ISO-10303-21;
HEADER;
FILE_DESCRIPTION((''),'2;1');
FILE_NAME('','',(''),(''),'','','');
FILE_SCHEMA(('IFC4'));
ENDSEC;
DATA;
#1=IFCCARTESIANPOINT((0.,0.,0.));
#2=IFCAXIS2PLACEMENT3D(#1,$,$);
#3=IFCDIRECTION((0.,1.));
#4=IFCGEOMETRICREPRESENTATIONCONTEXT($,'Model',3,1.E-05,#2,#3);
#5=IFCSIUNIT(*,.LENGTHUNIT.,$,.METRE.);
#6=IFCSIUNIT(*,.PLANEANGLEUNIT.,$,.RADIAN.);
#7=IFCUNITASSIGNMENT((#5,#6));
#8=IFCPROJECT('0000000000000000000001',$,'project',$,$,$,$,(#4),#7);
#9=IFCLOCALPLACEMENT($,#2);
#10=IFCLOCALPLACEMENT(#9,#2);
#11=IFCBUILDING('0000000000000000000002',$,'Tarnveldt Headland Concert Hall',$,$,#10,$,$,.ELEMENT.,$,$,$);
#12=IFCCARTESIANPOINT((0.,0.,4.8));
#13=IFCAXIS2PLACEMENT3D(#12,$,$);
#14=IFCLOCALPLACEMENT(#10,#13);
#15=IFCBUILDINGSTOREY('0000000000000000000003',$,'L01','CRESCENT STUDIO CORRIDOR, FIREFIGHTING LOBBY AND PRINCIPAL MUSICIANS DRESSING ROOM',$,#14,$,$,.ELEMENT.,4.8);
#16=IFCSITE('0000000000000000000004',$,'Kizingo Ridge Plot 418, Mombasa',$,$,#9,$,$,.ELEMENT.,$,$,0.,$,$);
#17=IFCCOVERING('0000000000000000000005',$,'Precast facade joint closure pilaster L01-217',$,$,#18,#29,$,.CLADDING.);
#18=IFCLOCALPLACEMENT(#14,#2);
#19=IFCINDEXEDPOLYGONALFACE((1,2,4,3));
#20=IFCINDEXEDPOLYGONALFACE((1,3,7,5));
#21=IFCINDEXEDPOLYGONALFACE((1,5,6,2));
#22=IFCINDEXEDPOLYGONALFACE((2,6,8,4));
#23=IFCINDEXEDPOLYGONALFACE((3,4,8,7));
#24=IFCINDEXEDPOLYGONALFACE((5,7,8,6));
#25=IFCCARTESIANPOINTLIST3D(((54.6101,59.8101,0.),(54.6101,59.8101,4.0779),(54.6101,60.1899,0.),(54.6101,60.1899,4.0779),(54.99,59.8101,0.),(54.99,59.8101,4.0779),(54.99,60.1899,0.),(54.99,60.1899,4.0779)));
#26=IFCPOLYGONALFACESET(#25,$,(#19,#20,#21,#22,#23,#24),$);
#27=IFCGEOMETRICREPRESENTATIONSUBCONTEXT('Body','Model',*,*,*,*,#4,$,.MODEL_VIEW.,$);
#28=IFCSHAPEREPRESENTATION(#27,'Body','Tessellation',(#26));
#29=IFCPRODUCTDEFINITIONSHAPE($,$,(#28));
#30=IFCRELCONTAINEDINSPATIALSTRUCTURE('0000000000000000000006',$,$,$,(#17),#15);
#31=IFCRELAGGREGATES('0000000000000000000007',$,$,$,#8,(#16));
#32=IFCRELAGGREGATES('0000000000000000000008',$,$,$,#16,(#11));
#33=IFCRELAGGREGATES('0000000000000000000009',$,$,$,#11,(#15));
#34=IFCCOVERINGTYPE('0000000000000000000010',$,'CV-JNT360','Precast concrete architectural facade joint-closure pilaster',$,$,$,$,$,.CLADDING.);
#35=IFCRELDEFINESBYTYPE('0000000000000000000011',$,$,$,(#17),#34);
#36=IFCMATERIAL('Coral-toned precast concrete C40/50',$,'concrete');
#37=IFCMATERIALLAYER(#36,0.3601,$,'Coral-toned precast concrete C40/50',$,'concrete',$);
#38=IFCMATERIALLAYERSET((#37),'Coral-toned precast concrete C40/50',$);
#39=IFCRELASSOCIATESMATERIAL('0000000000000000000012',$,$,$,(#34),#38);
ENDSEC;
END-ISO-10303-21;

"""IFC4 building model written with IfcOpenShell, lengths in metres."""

from ifc_helpers import new_model, si_unit, direction, frame, origin, origin_2d, place, context, subcontext, project, spatial, rectangle, extrude, material, layer, layer_set, type_object, element, save


model = new_model("IFC4")

# Units and contexts
model_context = context("Model", 3, precision=1e-05, world=origin(), true_north=direction((0.0, 1.0)))
body_context = subcontext(model_context, "Body", "Model", "MODEL_VIEW")
ifc_project = project(units=[si_unit("LENGTHUNIT", "METRE"), si_unit("PLANEANGLEUNIT", "RADIAN")], contexts=[model_context])

# Site, building, storey
site_placement = place(None, origin())
site = spatial("IfcSite", under=ifc_project, at=site_placement, Name="Kizingo Ridge Plot 418, Mombasa", CompositionType="ELEMENT", RefElevation=0.0)
building_placement = place(site_placement, origin())
building = spatial("IfcBuilding", under=site, at=building_placement, Name="Tarnveldt Headland Concert Hall", CompositionType="ELEMENT")
storey_placement = place(building_placement, frame((0.0, 0.0, 4.8)))
storey = spatial("IfcBuildingStorey", under=building, at=storey_placement, Name="L01", Description="CRESCENT STUDIO CORRIDOR, FIREFIGHTING LOBBY AND PRINCIPAL MUSICIANS DRESSING ROOM", CompositionType="ELEMENT", Elevation=4.8)

# Shared definitions
ifc_material_1 = material(Name="Coral-toned precast concrete C40/50", Category="concrete")

# Covering
ifc_layer_1 = layer(ifc_material_1, 0.3601, Name="Coral-toned precast concrete C40/50", Category="concrete")
ifc_layer_set_1 = layer_set([ifc_layer_1], Name="Coral-toned precast concrete C40/50")
covering_type_1 = type_object("IfcCoveringType", Name="CV-JNT360", Description="Precast concrete architectural facade joint-closure pilaster", PredefinedType="CLADDING", material=ifc_layer_set_1)
covering_1_placement = place(storey_placement, frame((54.8, 60.0, 0.0), z_axis=(0.0, 0.0, 1.0), x_axis=(-1.0, 0.0, 0.0)))
element("IfcCovering", 1, at=covering_1_placement, inside=storey, type_object=covering_type_1, Name="Precast facade joint closure pilaster L01-217", PredefinedType="CLADDING", context=body_context, shape_type="SweptSolid", body=[
    extrude(rectangle(XDim=0.3799, YDim=0.3799, at=origin_2d()), origin(), (0.0, 0.0, 1.0), 4.0779),
])

save(model, "model.ifc")
